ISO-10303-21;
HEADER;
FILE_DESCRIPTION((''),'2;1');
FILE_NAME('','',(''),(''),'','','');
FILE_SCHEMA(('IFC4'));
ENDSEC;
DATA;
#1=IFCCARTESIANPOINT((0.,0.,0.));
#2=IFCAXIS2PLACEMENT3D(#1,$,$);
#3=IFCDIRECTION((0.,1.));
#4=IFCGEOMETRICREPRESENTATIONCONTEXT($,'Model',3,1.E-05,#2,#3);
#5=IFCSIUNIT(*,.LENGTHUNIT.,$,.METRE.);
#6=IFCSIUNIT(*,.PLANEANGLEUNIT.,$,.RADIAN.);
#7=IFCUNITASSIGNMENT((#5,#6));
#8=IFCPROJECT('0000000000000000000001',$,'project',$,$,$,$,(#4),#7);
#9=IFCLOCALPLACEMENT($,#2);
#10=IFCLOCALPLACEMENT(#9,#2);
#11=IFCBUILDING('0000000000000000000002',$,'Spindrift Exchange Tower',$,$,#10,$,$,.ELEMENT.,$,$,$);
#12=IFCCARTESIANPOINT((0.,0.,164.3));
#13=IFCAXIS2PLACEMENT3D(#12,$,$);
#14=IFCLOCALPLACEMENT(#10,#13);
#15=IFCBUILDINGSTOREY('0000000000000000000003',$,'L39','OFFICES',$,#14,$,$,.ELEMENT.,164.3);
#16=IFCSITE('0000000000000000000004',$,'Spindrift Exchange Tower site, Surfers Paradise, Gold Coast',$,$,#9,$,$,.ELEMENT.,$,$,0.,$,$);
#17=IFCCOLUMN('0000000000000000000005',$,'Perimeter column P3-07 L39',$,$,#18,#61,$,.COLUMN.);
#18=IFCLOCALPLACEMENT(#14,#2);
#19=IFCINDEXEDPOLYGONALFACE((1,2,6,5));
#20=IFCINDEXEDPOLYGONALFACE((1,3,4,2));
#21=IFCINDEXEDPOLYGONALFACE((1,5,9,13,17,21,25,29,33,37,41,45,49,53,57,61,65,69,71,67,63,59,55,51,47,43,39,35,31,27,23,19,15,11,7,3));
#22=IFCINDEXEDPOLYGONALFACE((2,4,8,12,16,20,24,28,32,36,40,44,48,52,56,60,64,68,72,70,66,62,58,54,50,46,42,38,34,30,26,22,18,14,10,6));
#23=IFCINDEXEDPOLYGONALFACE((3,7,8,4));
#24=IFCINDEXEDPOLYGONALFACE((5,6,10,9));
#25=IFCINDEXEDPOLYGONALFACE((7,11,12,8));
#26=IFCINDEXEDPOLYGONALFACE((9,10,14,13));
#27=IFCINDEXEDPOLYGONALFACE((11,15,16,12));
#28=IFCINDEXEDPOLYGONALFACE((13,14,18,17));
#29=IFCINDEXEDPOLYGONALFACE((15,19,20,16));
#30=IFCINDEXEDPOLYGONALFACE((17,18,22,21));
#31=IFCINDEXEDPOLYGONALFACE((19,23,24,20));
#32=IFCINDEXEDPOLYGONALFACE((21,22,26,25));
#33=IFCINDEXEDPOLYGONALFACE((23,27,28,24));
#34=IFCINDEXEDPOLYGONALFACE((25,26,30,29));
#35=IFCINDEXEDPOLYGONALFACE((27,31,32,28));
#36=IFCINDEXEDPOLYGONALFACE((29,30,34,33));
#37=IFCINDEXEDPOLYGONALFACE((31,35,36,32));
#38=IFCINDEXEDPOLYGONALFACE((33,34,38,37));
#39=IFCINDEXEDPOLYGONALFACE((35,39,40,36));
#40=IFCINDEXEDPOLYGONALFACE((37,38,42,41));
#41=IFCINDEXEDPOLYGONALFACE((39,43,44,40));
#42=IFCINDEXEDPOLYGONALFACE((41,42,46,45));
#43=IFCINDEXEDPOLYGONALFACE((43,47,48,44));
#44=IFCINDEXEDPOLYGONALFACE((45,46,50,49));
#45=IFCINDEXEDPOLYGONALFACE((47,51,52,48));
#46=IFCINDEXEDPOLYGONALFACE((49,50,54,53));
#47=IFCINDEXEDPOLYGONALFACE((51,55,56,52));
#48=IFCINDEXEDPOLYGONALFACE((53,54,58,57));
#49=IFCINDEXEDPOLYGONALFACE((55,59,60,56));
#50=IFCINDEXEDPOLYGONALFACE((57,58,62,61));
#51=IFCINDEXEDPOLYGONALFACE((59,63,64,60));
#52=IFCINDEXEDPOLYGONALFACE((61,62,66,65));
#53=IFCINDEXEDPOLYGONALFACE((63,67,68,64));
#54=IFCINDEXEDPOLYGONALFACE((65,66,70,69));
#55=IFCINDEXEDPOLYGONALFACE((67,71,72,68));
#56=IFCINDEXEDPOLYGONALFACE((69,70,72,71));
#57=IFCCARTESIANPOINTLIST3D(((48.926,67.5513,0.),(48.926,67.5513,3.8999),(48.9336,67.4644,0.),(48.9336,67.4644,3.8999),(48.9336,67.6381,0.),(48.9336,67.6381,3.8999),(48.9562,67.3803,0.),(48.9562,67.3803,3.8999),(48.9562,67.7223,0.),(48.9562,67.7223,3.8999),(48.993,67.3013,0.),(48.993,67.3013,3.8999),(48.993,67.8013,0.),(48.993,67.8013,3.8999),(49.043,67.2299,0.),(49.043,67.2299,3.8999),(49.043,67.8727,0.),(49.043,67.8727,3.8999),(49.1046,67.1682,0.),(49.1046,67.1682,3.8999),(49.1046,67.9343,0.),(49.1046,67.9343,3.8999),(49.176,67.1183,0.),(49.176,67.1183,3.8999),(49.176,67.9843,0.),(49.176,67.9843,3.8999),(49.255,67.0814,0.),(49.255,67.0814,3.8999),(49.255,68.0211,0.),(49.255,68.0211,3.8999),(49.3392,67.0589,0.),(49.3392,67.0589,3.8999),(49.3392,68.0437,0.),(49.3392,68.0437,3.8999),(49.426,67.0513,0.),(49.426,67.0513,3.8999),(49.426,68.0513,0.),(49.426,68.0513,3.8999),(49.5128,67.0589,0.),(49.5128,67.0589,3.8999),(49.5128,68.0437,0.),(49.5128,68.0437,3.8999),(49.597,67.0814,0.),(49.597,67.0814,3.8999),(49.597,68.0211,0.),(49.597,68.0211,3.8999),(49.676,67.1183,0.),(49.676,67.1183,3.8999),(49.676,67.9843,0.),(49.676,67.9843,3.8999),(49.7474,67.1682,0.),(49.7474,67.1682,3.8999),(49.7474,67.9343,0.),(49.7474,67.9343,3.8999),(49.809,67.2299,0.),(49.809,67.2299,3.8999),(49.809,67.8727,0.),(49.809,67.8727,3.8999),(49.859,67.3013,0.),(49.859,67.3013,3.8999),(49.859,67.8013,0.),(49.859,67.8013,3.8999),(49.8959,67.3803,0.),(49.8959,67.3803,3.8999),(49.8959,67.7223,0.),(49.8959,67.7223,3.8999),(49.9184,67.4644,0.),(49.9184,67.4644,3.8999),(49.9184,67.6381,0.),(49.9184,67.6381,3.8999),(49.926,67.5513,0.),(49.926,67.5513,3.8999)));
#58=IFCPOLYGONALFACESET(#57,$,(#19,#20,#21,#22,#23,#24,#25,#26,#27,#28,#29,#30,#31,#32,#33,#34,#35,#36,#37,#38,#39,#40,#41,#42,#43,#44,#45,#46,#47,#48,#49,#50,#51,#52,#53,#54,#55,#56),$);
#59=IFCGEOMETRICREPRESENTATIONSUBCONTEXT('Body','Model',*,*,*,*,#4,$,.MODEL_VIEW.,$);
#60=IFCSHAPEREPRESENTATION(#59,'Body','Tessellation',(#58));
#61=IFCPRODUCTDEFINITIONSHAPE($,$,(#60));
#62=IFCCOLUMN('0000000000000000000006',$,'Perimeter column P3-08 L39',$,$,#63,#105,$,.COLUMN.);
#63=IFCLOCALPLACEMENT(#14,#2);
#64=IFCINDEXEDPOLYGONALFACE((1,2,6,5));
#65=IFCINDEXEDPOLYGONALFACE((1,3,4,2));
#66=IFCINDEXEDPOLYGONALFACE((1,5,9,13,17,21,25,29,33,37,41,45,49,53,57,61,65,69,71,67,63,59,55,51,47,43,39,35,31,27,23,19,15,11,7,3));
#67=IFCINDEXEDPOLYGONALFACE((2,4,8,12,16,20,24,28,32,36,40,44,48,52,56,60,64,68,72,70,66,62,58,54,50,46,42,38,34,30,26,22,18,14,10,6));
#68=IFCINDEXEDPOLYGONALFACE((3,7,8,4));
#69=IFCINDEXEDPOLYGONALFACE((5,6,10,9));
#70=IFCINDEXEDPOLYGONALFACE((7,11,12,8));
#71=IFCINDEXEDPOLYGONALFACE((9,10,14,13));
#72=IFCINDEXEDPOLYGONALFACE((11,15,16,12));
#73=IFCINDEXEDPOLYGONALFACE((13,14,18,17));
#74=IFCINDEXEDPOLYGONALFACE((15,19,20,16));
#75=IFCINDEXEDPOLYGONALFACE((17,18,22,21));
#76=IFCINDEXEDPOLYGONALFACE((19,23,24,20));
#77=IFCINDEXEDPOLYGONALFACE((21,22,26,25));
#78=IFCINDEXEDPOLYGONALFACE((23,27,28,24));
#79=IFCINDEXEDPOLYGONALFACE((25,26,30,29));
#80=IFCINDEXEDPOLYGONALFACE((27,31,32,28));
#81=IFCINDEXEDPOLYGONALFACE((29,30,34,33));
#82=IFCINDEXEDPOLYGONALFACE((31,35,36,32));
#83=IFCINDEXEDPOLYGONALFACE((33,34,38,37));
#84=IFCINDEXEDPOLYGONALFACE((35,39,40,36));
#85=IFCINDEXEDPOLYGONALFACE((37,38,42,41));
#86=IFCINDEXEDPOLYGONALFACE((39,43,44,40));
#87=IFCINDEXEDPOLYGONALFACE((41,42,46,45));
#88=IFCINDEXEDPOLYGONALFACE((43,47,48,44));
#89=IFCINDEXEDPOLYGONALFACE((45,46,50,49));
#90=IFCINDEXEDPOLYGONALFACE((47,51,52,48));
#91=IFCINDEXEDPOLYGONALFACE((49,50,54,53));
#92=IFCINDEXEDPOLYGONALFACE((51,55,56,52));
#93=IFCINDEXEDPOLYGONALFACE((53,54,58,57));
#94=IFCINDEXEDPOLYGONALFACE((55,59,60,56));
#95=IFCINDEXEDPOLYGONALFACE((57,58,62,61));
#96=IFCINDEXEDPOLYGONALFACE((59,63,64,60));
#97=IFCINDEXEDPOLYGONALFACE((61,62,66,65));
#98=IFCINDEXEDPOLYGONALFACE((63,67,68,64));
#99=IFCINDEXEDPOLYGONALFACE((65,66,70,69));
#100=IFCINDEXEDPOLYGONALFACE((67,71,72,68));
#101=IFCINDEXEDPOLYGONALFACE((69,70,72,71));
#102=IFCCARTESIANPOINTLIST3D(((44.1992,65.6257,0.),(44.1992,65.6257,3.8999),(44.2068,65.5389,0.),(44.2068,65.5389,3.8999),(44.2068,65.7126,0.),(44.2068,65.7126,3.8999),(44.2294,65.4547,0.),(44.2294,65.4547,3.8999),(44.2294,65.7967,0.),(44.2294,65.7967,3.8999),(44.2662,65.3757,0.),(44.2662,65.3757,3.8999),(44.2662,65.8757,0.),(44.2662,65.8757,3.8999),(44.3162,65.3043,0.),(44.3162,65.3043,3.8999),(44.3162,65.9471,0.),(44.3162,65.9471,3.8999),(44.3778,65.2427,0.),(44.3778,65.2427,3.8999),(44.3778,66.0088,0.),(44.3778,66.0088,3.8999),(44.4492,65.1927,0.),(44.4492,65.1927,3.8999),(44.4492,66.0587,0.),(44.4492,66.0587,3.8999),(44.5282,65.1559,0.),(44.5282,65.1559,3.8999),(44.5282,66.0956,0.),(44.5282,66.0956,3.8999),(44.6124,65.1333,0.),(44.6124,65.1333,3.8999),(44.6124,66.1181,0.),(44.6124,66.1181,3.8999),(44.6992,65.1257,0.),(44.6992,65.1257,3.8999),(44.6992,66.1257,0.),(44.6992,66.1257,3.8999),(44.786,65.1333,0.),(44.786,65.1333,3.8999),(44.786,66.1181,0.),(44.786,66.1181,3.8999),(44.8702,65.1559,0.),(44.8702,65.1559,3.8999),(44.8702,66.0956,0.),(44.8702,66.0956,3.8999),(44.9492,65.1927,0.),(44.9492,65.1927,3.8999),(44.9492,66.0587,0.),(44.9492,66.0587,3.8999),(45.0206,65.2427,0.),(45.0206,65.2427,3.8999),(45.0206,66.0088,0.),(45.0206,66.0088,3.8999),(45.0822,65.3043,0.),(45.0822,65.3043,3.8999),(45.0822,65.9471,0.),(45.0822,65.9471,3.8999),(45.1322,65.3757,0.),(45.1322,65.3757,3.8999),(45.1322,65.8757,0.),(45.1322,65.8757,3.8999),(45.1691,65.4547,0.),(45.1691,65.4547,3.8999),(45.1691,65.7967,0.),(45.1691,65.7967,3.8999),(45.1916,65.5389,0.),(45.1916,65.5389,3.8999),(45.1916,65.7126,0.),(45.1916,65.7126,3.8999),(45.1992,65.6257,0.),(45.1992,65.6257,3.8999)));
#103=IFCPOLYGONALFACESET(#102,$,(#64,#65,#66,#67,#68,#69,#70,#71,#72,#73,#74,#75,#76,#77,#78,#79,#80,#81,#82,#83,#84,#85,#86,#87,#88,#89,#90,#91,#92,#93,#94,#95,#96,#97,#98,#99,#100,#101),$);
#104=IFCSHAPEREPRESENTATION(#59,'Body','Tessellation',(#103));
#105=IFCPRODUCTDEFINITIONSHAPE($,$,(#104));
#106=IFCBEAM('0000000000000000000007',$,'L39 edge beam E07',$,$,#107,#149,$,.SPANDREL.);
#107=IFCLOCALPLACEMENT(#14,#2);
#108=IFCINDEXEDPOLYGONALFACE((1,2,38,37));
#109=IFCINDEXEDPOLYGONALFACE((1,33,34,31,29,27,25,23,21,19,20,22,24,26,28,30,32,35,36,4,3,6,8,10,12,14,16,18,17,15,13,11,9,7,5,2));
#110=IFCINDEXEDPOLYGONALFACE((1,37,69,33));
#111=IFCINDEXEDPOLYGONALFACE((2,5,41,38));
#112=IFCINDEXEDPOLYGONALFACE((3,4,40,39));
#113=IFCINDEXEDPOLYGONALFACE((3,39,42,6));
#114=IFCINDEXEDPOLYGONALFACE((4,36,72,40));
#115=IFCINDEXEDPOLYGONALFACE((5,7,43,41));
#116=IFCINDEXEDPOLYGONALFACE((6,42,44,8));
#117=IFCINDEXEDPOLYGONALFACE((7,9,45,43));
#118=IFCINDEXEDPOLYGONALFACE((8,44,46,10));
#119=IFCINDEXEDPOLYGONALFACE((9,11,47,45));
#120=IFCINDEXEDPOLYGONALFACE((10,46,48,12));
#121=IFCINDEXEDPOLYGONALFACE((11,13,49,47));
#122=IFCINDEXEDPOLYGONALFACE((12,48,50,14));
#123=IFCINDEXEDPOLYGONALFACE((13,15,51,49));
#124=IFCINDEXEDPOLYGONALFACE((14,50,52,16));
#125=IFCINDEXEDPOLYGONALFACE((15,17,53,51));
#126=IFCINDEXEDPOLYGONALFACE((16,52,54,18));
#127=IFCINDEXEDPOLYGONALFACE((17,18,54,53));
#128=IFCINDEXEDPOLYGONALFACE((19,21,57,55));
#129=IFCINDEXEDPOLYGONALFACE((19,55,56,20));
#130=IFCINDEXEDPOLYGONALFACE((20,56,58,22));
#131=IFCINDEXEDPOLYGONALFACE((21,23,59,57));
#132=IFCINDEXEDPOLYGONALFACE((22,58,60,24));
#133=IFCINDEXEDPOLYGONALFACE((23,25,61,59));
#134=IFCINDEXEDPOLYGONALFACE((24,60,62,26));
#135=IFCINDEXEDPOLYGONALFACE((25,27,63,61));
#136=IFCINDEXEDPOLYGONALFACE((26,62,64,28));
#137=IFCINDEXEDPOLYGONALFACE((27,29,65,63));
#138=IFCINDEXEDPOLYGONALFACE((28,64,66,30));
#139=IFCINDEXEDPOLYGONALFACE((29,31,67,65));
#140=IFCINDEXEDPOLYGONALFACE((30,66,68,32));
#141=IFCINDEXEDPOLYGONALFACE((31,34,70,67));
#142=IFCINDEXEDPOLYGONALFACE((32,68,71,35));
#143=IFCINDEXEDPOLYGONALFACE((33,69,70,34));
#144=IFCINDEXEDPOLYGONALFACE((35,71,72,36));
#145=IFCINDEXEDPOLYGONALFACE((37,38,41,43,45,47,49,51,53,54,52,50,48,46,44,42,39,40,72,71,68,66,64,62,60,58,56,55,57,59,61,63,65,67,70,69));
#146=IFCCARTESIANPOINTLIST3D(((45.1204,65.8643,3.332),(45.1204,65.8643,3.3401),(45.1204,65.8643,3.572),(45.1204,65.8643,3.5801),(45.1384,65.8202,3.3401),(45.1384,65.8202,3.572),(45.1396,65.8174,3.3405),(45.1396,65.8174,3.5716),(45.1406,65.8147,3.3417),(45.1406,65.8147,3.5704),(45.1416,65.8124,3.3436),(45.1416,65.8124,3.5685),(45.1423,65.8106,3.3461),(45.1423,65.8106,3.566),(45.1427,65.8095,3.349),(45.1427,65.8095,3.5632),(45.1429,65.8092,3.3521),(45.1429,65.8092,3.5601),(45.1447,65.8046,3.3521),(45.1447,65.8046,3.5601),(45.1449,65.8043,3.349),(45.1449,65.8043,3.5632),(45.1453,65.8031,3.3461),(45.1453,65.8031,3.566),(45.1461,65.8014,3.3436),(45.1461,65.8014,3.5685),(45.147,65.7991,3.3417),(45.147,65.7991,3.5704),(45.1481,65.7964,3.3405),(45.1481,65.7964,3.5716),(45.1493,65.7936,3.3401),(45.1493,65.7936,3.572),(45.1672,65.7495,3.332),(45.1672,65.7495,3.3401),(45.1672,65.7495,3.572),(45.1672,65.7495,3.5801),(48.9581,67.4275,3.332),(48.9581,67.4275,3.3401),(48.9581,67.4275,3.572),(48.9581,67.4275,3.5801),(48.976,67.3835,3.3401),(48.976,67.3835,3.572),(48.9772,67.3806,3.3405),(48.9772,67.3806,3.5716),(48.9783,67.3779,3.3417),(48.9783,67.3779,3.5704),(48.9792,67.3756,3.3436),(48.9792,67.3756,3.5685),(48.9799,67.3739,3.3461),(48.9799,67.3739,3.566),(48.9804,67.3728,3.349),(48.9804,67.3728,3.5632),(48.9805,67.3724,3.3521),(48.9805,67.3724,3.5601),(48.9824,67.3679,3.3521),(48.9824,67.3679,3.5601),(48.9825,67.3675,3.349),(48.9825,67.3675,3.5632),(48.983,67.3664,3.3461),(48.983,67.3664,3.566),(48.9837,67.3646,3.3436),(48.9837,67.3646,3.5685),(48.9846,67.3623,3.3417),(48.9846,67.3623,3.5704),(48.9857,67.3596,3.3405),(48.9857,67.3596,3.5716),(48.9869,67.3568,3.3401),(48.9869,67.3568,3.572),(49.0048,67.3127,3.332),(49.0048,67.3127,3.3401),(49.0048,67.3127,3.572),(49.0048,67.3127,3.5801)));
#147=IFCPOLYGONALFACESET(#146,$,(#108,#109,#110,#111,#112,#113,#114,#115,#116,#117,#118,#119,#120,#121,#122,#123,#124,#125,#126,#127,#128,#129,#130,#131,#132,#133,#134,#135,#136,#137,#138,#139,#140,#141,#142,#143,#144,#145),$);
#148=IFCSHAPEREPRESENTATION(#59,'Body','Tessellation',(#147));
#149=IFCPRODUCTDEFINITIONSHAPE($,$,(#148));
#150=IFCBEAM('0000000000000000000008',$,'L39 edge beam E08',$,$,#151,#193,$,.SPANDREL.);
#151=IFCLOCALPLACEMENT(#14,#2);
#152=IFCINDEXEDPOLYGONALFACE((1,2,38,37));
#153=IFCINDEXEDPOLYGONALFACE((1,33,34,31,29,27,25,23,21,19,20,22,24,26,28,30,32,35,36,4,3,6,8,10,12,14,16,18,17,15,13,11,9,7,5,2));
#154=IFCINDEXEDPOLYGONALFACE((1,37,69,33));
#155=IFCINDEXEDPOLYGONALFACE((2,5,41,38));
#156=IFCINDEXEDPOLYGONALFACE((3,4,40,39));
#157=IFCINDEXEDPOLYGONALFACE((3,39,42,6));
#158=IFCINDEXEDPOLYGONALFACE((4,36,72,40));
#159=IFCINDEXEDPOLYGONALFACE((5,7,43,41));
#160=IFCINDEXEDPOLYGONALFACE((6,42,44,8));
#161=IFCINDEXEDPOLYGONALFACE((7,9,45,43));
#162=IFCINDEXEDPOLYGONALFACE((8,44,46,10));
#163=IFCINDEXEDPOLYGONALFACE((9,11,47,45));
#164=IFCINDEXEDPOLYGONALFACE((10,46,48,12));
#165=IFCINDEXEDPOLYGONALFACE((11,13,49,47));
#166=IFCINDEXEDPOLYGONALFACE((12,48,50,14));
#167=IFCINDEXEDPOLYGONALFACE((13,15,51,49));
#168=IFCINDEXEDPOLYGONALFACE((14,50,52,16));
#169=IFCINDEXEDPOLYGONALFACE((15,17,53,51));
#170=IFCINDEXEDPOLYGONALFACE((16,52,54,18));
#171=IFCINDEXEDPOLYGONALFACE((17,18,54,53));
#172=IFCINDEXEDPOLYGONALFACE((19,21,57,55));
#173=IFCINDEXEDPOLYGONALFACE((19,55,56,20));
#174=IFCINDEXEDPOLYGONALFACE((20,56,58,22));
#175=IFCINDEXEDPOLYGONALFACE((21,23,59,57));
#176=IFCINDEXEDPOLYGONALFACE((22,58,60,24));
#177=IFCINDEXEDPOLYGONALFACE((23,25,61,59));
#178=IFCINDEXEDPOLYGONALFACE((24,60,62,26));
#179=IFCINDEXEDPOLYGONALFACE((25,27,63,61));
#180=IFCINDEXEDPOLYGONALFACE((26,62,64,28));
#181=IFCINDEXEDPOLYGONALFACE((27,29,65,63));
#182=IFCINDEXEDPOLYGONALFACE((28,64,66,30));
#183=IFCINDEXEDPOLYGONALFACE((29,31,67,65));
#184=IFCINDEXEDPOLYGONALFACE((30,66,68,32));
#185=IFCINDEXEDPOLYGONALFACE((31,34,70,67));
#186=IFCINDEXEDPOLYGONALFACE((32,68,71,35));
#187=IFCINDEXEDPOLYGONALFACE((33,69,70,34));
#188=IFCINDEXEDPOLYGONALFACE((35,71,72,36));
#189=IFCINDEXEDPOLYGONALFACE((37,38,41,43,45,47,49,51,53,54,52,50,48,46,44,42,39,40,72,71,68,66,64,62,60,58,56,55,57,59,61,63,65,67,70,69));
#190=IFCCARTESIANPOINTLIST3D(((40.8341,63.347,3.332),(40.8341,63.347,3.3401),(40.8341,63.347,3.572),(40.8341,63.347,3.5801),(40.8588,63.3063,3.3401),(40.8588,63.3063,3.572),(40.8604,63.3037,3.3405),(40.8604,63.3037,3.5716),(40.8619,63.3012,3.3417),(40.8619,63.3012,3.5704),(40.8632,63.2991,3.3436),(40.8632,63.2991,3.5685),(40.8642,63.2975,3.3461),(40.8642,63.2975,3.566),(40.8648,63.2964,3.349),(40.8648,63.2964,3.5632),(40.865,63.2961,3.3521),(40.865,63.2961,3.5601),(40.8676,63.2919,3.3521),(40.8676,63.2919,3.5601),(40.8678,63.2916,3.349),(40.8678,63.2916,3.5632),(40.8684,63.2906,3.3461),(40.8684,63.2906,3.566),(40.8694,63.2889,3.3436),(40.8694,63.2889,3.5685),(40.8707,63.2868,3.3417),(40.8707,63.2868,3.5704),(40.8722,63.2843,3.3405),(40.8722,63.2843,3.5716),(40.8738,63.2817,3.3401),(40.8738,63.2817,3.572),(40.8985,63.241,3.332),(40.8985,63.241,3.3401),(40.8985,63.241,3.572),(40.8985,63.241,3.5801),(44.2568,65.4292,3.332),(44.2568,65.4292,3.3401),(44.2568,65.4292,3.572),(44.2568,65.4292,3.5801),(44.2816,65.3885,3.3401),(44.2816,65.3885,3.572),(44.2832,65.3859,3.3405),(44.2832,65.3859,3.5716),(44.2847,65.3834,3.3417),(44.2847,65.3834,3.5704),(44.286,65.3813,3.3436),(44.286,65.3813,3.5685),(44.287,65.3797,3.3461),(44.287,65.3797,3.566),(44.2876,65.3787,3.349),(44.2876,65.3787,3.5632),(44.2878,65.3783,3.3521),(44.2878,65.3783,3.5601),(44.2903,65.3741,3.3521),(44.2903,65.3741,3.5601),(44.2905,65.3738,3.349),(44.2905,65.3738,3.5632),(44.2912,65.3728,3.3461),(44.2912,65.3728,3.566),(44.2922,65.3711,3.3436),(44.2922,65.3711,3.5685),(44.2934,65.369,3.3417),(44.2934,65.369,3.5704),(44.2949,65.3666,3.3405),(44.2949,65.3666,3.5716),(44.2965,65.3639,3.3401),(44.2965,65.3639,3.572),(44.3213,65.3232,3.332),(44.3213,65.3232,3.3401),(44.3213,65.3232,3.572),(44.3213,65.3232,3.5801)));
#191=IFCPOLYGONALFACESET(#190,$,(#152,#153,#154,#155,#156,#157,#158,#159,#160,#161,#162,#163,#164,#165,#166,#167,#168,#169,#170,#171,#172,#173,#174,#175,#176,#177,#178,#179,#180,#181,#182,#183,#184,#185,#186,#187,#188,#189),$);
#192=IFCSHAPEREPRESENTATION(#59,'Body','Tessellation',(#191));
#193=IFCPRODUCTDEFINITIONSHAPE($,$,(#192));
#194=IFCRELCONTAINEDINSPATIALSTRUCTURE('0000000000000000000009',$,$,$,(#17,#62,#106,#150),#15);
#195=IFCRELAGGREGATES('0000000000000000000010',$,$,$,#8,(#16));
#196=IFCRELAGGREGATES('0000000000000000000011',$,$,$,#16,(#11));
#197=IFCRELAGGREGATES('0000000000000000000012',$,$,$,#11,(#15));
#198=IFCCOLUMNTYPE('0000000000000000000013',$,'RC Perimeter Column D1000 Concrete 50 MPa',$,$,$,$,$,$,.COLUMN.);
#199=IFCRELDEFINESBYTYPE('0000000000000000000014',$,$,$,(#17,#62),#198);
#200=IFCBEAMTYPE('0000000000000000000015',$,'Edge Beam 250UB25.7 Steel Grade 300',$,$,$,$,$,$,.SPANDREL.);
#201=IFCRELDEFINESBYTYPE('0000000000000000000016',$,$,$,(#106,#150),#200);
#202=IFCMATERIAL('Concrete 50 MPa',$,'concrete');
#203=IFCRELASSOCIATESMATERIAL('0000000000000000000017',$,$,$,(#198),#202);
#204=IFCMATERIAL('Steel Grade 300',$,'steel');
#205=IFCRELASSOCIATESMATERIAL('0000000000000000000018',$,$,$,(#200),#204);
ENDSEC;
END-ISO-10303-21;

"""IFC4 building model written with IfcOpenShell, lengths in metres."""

from ifc_helpers import new_model, si_unit, direction, frame, origin, origin_2d, place, context, subcontext, project, spatial, circle, i_section, extrude, source, transform, mapped, material, material_profile, profile_set, type_object, element, save


model = new_model("IFC4")

# Units and contexts
model_context = context("Model", 3, precision=1e-05, world=origin(), true_north=direction((0.0, 1.0)))
body_context = subcontext(model_context, "Body", "Model", "MODEL_VIEW")
ifc_project = project(units=[si_unit("LENGTHUNIT", "METRE"), si_unit("PLANEANGLEUNIT", "RADIAN")], contexts=[model_context])

# Site, building, storey
site_placement = place(None, origin())
site = spatial("IfcSite", under=ifc_project, at=site_placement, Name="Spindrift Exchange Tower site, Surfers Paradise, Gold Coast", CompositionType="ELEMENT", RefElevation=0.0)
building_placement = place(site_placement, origin())
building = spatial("IfcBuilding", under=site, at=building_placement, Name="Spindrift Exchange Tower", CompositionType="ELEMENT")
storey_placement = place(building_placement, frame((0.0, 0.0, 164.3)))
storey = spatial("IfcBuildingStorey", under=building, at=storey_placement, Name="L39", Description="OFFICES", CompositionType="ELEMENT", Elevation=164.3)

# Columns
ifc_material_1 = material(Name="Concrete 50 MPa", Category="concrete")
ifc_material_profile_1 = material_profile(ifc_material_1, circle(Radius=0.5, at=origin_2d()), Name="RC D1000")
ifc_profile_set_1 = profile_set([ifc_material_profile_1], Name="Concrete 50 MPa")
column_type = type_object("IfcColumnType", Name="RC Perimeter Column D1000 Concrete 50 MPa", PredefinedType="COLUMN", material=ifc_profile_set_1)
shared_shape_1 = source(origin(), body_context, "Body", "SweptSolid", [
    extrude(circle(Radius=0.5, at=origin_2d()), origin(), (0.0, 0.0, 1.0), 3.8999),
])
for number, where, z_axis, x_axis, name in (
    (1, (49.426, 67.5513, 0.0), (0.0, 0.0, 1.0), (1.0, 0.0, 0.0), "Perimeter column P3-07 L39"),
    (2, (44.6992, 65.6257, 0.0), (0.0, 0.0, 1.0), (1.0, 0.0, 0.0), "Perimeter column P3-08 L39"),
):
    element("IfcColumn", number, at=place(storey_placement, frame(where, z_axis=z_axis, x_axis=x_axis)), inside=storey, type_object=column_type, Name=name, PredefinedType="COLUMN", context=body_context, shape_type="MappedRepresentation", body=[
        mapped(shared_shape_1, transform((0.0, 0.0, 0.0), scale=1.0)),
    ])

# Beams
ifc_material_2 = material(Name="Steel Grade 300", Category="steel")
ifc_material_profile_2 = material_profile(ifc_material_2, i_section(OverallWidth=0.124, OverallDepth=0.248, WebThickness=0.0049, FlangeThickness=0.0081, FilletRadius=0.012, at=origin_2d()), Name="250UB25.7")
ifc_profile_set_2 = profile_set([ifc_material_profile_2], Name="Steel Grade 300")
beam_type_1 = type_object("IfcBeamType", Name="Edge Beam 250UB25.7 Steel Grade 300", PredefinedType="SPANDREL", material=ifc_profile_set_2)
shared_shape_2 = source(origin(), body_context, "Body", "SweptSolid", [
    extrude(i_section(OverallWidth=0.124, OverallDepth=0.248, WebThickness=0.0049, FlangeThickness=0.0081, FilletRadius=0.012, at=origin_2d()), origin(), (0.0, 0.0, 1.0), 4.1438),
])
beam_1_placement = place(storey_placement, frame((48.9814, 67.3701, 3.4561), z_axis=(-0.926114, -0.377244, 0.0), x_axis=(0.377244, -0.926114, 0.0)))
element("IfcBeam", 3, at=beam_1_placement, inside=storey, type_object=beam_type_1, Name="L39 edge beam E07", PredefinedType="SPANDREL", context=body_context, shape_type="MappedRepresentation", body=[
    mapped(shared_shape_2, transform((0.0, 0.0, 0.0), scale=1.0)),
])
shared_shape_3 = source(origin(), body_context, "Body", "SweptSolid", [
    extrude(i_section(OverallWidth=0.124, OverallDepth=0.248, WebThickness=0.0049, FlangeThickness=0.0081, FilletRadius=0.012, at=origin_2d()), origin(), (0.0, 0.0, 1.0), 4.0063),
])
beam_2_placement = place(storey_placement, frame((44.2891, 65.3762, 3.4561), z_axis=(-0.854331, -0.519728, 0.0), x_axis=(0.519728, -0.854331, 0.0)))
element("IfcBeam", 4, at=beam_2_placement, inside=storey, type_object=beam_type_1, Name="L39 edge beam E08", PredefinedType="SPANDREL", context=body_context, shape_type="MappedRepresentation", body=[
    mapped(shared_shape_3, transform((0.0, 0.0, 0.0), scale=1.0)),
])

save(model, "model.ifc")
